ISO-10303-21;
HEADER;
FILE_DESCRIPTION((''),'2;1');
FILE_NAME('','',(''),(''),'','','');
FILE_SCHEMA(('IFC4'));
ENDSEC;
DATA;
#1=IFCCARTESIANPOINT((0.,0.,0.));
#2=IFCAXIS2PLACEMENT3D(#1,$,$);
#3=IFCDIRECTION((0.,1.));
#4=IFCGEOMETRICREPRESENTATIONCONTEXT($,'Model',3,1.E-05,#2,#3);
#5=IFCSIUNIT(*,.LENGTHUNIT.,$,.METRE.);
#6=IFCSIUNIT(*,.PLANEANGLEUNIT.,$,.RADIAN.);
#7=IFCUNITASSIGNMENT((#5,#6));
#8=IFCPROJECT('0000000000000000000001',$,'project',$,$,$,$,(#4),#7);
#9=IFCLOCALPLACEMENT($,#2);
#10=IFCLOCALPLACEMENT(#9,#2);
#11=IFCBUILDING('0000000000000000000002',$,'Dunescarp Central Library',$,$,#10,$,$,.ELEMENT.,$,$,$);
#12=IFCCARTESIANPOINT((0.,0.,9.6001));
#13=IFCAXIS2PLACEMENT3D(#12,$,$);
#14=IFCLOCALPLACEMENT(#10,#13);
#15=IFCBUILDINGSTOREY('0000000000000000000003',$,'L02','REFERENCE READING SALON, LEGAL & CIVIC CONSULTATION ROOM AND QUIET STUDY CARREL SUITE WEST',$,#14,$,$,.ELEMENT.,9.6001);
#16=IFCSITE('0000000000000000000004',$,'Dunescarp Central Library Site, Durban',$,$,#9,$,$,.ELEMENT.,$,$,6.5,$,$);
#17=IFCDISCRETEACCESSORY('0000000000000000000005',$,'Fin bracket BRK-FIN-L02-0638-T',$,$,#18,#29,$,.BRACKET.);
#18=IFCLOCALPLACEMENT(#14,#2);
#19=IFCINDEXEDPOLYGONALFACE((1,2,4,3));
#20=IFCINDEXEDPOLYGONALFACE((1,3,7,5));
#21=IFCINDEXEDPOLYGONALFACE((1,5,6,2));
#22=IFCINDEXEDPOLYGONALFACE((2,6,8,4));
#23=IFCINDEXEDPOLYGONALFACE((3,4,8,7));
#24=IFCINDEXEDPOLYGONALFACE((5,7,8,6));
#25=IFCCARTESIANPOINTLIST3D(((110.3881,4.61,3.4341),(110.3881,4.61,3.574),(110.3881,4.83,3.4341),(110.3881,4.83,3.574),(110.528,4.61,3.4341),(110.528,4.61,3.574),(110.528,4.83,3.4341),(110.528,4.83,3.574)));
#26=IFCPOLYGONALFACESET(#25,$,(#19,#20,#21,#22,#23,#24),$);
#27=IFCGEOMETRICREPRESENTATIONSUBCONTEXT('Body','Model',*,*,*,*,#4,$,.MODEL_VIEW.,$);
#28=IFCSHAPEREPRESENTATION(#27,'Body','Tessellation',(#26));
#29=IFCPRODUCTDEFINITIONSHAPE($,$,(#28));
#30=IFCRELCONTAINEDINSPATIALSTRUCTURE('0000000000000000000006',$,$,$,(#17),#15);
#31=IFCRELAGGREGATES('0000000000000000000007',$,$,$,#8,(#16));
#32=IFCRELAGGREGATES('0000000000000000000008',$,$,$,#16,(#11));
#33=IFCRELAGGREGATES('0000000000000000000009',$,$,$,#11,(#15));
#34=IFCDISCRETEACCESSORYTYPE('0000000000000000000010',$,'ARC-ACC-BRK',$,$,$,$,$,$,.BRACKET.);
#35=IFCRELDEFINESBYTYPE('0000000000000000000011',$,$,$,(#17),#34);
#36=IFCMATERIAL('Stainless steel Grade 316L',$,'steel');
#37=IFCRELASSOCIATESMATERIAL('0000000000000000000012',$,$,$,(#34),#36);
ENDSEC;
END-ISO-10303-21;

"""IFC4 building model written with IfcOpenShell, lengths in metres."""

from ifc_helpers import new_model, si_unit, direction, frame, origin, origin_2d, place, context, subcontext, project, spatial, rectangle, extrude, material, type_object, element, save


model = new_model("IFC4")

# Units and contexts
model_context = context("Model", 3, precision=1e-05, world=origin(), true_north=direction((0.0, 1.0)))
body_context = subcontext(model_context, "Body", "Model", "MODEL_VIEW")
ifc_project = project(units=[si_unit("LENGTHUNIT", "METRE"), si_unit("PLANEANGLEUNIT", "RADIAN")], contexts=[model_context])

# Site, building, storey
site_placement = place(None, origin())
site = spatial("IfcSite", under=ifc_project, at=site_placement, Name="Dunescarp Central Library Site, Durban", CompositionType="ELEMENT", RefElevation=6.5)
building_placement = place(site_placement, origin())
building = spatial("IfcBuilding", under=site, at=building_placement, Name="Dunescarp Central Library", CompositionType="ELEMENT")
storey_placement = place(building_placement, frame((0.0, 0.0, 9.6001)))
storey = spatial("IfcBuildingStorey", under=building, at=storey_placement, Name="L02", Description="REFERENCE READING SALON, LEGAL & CIVIC CONSULTATION ROOM AND QUIET STUDY CARREL SUITE WEST", CompositionType="ELEMENT", Elevation=9.6001)

# Discrete accessory
ifc_material_1 = material(Name="Stainless steel Grade 316L", Category="steel")
discrete_accessory_type = type_object("IfcDiscreteAccessoryType", Name="ARC-ACC-BRK", PredefinedType="BRACKET", material=ifc_material_1)
for number, where, z_axis, x_axis, name in (
    (1, (110.458, 4.72, 3.4341), (0.0, 0.0, 1.0), (0.0, -1.0, 0.0), "Fin bracket BRK-FIN-L02-0638-T"),
):
    element("IfcDiscreteAccessory", number, at=place(storey_placement, frame(where, z_axis=z_axis, x_axis=x_axis)), inside=storey, type_object=discrete_accessory_type, Name=name, PredefinedType="BRACKET", context=body_context, shape_type="SweptSolid", body=[
        extrude(rectangle(XDim=0.22, YDim=0.1399, at=origin_2d()), origin(), (0.0, 0.0, 1.0), 0.1399),
    ])

save(model, "model.ifc")
